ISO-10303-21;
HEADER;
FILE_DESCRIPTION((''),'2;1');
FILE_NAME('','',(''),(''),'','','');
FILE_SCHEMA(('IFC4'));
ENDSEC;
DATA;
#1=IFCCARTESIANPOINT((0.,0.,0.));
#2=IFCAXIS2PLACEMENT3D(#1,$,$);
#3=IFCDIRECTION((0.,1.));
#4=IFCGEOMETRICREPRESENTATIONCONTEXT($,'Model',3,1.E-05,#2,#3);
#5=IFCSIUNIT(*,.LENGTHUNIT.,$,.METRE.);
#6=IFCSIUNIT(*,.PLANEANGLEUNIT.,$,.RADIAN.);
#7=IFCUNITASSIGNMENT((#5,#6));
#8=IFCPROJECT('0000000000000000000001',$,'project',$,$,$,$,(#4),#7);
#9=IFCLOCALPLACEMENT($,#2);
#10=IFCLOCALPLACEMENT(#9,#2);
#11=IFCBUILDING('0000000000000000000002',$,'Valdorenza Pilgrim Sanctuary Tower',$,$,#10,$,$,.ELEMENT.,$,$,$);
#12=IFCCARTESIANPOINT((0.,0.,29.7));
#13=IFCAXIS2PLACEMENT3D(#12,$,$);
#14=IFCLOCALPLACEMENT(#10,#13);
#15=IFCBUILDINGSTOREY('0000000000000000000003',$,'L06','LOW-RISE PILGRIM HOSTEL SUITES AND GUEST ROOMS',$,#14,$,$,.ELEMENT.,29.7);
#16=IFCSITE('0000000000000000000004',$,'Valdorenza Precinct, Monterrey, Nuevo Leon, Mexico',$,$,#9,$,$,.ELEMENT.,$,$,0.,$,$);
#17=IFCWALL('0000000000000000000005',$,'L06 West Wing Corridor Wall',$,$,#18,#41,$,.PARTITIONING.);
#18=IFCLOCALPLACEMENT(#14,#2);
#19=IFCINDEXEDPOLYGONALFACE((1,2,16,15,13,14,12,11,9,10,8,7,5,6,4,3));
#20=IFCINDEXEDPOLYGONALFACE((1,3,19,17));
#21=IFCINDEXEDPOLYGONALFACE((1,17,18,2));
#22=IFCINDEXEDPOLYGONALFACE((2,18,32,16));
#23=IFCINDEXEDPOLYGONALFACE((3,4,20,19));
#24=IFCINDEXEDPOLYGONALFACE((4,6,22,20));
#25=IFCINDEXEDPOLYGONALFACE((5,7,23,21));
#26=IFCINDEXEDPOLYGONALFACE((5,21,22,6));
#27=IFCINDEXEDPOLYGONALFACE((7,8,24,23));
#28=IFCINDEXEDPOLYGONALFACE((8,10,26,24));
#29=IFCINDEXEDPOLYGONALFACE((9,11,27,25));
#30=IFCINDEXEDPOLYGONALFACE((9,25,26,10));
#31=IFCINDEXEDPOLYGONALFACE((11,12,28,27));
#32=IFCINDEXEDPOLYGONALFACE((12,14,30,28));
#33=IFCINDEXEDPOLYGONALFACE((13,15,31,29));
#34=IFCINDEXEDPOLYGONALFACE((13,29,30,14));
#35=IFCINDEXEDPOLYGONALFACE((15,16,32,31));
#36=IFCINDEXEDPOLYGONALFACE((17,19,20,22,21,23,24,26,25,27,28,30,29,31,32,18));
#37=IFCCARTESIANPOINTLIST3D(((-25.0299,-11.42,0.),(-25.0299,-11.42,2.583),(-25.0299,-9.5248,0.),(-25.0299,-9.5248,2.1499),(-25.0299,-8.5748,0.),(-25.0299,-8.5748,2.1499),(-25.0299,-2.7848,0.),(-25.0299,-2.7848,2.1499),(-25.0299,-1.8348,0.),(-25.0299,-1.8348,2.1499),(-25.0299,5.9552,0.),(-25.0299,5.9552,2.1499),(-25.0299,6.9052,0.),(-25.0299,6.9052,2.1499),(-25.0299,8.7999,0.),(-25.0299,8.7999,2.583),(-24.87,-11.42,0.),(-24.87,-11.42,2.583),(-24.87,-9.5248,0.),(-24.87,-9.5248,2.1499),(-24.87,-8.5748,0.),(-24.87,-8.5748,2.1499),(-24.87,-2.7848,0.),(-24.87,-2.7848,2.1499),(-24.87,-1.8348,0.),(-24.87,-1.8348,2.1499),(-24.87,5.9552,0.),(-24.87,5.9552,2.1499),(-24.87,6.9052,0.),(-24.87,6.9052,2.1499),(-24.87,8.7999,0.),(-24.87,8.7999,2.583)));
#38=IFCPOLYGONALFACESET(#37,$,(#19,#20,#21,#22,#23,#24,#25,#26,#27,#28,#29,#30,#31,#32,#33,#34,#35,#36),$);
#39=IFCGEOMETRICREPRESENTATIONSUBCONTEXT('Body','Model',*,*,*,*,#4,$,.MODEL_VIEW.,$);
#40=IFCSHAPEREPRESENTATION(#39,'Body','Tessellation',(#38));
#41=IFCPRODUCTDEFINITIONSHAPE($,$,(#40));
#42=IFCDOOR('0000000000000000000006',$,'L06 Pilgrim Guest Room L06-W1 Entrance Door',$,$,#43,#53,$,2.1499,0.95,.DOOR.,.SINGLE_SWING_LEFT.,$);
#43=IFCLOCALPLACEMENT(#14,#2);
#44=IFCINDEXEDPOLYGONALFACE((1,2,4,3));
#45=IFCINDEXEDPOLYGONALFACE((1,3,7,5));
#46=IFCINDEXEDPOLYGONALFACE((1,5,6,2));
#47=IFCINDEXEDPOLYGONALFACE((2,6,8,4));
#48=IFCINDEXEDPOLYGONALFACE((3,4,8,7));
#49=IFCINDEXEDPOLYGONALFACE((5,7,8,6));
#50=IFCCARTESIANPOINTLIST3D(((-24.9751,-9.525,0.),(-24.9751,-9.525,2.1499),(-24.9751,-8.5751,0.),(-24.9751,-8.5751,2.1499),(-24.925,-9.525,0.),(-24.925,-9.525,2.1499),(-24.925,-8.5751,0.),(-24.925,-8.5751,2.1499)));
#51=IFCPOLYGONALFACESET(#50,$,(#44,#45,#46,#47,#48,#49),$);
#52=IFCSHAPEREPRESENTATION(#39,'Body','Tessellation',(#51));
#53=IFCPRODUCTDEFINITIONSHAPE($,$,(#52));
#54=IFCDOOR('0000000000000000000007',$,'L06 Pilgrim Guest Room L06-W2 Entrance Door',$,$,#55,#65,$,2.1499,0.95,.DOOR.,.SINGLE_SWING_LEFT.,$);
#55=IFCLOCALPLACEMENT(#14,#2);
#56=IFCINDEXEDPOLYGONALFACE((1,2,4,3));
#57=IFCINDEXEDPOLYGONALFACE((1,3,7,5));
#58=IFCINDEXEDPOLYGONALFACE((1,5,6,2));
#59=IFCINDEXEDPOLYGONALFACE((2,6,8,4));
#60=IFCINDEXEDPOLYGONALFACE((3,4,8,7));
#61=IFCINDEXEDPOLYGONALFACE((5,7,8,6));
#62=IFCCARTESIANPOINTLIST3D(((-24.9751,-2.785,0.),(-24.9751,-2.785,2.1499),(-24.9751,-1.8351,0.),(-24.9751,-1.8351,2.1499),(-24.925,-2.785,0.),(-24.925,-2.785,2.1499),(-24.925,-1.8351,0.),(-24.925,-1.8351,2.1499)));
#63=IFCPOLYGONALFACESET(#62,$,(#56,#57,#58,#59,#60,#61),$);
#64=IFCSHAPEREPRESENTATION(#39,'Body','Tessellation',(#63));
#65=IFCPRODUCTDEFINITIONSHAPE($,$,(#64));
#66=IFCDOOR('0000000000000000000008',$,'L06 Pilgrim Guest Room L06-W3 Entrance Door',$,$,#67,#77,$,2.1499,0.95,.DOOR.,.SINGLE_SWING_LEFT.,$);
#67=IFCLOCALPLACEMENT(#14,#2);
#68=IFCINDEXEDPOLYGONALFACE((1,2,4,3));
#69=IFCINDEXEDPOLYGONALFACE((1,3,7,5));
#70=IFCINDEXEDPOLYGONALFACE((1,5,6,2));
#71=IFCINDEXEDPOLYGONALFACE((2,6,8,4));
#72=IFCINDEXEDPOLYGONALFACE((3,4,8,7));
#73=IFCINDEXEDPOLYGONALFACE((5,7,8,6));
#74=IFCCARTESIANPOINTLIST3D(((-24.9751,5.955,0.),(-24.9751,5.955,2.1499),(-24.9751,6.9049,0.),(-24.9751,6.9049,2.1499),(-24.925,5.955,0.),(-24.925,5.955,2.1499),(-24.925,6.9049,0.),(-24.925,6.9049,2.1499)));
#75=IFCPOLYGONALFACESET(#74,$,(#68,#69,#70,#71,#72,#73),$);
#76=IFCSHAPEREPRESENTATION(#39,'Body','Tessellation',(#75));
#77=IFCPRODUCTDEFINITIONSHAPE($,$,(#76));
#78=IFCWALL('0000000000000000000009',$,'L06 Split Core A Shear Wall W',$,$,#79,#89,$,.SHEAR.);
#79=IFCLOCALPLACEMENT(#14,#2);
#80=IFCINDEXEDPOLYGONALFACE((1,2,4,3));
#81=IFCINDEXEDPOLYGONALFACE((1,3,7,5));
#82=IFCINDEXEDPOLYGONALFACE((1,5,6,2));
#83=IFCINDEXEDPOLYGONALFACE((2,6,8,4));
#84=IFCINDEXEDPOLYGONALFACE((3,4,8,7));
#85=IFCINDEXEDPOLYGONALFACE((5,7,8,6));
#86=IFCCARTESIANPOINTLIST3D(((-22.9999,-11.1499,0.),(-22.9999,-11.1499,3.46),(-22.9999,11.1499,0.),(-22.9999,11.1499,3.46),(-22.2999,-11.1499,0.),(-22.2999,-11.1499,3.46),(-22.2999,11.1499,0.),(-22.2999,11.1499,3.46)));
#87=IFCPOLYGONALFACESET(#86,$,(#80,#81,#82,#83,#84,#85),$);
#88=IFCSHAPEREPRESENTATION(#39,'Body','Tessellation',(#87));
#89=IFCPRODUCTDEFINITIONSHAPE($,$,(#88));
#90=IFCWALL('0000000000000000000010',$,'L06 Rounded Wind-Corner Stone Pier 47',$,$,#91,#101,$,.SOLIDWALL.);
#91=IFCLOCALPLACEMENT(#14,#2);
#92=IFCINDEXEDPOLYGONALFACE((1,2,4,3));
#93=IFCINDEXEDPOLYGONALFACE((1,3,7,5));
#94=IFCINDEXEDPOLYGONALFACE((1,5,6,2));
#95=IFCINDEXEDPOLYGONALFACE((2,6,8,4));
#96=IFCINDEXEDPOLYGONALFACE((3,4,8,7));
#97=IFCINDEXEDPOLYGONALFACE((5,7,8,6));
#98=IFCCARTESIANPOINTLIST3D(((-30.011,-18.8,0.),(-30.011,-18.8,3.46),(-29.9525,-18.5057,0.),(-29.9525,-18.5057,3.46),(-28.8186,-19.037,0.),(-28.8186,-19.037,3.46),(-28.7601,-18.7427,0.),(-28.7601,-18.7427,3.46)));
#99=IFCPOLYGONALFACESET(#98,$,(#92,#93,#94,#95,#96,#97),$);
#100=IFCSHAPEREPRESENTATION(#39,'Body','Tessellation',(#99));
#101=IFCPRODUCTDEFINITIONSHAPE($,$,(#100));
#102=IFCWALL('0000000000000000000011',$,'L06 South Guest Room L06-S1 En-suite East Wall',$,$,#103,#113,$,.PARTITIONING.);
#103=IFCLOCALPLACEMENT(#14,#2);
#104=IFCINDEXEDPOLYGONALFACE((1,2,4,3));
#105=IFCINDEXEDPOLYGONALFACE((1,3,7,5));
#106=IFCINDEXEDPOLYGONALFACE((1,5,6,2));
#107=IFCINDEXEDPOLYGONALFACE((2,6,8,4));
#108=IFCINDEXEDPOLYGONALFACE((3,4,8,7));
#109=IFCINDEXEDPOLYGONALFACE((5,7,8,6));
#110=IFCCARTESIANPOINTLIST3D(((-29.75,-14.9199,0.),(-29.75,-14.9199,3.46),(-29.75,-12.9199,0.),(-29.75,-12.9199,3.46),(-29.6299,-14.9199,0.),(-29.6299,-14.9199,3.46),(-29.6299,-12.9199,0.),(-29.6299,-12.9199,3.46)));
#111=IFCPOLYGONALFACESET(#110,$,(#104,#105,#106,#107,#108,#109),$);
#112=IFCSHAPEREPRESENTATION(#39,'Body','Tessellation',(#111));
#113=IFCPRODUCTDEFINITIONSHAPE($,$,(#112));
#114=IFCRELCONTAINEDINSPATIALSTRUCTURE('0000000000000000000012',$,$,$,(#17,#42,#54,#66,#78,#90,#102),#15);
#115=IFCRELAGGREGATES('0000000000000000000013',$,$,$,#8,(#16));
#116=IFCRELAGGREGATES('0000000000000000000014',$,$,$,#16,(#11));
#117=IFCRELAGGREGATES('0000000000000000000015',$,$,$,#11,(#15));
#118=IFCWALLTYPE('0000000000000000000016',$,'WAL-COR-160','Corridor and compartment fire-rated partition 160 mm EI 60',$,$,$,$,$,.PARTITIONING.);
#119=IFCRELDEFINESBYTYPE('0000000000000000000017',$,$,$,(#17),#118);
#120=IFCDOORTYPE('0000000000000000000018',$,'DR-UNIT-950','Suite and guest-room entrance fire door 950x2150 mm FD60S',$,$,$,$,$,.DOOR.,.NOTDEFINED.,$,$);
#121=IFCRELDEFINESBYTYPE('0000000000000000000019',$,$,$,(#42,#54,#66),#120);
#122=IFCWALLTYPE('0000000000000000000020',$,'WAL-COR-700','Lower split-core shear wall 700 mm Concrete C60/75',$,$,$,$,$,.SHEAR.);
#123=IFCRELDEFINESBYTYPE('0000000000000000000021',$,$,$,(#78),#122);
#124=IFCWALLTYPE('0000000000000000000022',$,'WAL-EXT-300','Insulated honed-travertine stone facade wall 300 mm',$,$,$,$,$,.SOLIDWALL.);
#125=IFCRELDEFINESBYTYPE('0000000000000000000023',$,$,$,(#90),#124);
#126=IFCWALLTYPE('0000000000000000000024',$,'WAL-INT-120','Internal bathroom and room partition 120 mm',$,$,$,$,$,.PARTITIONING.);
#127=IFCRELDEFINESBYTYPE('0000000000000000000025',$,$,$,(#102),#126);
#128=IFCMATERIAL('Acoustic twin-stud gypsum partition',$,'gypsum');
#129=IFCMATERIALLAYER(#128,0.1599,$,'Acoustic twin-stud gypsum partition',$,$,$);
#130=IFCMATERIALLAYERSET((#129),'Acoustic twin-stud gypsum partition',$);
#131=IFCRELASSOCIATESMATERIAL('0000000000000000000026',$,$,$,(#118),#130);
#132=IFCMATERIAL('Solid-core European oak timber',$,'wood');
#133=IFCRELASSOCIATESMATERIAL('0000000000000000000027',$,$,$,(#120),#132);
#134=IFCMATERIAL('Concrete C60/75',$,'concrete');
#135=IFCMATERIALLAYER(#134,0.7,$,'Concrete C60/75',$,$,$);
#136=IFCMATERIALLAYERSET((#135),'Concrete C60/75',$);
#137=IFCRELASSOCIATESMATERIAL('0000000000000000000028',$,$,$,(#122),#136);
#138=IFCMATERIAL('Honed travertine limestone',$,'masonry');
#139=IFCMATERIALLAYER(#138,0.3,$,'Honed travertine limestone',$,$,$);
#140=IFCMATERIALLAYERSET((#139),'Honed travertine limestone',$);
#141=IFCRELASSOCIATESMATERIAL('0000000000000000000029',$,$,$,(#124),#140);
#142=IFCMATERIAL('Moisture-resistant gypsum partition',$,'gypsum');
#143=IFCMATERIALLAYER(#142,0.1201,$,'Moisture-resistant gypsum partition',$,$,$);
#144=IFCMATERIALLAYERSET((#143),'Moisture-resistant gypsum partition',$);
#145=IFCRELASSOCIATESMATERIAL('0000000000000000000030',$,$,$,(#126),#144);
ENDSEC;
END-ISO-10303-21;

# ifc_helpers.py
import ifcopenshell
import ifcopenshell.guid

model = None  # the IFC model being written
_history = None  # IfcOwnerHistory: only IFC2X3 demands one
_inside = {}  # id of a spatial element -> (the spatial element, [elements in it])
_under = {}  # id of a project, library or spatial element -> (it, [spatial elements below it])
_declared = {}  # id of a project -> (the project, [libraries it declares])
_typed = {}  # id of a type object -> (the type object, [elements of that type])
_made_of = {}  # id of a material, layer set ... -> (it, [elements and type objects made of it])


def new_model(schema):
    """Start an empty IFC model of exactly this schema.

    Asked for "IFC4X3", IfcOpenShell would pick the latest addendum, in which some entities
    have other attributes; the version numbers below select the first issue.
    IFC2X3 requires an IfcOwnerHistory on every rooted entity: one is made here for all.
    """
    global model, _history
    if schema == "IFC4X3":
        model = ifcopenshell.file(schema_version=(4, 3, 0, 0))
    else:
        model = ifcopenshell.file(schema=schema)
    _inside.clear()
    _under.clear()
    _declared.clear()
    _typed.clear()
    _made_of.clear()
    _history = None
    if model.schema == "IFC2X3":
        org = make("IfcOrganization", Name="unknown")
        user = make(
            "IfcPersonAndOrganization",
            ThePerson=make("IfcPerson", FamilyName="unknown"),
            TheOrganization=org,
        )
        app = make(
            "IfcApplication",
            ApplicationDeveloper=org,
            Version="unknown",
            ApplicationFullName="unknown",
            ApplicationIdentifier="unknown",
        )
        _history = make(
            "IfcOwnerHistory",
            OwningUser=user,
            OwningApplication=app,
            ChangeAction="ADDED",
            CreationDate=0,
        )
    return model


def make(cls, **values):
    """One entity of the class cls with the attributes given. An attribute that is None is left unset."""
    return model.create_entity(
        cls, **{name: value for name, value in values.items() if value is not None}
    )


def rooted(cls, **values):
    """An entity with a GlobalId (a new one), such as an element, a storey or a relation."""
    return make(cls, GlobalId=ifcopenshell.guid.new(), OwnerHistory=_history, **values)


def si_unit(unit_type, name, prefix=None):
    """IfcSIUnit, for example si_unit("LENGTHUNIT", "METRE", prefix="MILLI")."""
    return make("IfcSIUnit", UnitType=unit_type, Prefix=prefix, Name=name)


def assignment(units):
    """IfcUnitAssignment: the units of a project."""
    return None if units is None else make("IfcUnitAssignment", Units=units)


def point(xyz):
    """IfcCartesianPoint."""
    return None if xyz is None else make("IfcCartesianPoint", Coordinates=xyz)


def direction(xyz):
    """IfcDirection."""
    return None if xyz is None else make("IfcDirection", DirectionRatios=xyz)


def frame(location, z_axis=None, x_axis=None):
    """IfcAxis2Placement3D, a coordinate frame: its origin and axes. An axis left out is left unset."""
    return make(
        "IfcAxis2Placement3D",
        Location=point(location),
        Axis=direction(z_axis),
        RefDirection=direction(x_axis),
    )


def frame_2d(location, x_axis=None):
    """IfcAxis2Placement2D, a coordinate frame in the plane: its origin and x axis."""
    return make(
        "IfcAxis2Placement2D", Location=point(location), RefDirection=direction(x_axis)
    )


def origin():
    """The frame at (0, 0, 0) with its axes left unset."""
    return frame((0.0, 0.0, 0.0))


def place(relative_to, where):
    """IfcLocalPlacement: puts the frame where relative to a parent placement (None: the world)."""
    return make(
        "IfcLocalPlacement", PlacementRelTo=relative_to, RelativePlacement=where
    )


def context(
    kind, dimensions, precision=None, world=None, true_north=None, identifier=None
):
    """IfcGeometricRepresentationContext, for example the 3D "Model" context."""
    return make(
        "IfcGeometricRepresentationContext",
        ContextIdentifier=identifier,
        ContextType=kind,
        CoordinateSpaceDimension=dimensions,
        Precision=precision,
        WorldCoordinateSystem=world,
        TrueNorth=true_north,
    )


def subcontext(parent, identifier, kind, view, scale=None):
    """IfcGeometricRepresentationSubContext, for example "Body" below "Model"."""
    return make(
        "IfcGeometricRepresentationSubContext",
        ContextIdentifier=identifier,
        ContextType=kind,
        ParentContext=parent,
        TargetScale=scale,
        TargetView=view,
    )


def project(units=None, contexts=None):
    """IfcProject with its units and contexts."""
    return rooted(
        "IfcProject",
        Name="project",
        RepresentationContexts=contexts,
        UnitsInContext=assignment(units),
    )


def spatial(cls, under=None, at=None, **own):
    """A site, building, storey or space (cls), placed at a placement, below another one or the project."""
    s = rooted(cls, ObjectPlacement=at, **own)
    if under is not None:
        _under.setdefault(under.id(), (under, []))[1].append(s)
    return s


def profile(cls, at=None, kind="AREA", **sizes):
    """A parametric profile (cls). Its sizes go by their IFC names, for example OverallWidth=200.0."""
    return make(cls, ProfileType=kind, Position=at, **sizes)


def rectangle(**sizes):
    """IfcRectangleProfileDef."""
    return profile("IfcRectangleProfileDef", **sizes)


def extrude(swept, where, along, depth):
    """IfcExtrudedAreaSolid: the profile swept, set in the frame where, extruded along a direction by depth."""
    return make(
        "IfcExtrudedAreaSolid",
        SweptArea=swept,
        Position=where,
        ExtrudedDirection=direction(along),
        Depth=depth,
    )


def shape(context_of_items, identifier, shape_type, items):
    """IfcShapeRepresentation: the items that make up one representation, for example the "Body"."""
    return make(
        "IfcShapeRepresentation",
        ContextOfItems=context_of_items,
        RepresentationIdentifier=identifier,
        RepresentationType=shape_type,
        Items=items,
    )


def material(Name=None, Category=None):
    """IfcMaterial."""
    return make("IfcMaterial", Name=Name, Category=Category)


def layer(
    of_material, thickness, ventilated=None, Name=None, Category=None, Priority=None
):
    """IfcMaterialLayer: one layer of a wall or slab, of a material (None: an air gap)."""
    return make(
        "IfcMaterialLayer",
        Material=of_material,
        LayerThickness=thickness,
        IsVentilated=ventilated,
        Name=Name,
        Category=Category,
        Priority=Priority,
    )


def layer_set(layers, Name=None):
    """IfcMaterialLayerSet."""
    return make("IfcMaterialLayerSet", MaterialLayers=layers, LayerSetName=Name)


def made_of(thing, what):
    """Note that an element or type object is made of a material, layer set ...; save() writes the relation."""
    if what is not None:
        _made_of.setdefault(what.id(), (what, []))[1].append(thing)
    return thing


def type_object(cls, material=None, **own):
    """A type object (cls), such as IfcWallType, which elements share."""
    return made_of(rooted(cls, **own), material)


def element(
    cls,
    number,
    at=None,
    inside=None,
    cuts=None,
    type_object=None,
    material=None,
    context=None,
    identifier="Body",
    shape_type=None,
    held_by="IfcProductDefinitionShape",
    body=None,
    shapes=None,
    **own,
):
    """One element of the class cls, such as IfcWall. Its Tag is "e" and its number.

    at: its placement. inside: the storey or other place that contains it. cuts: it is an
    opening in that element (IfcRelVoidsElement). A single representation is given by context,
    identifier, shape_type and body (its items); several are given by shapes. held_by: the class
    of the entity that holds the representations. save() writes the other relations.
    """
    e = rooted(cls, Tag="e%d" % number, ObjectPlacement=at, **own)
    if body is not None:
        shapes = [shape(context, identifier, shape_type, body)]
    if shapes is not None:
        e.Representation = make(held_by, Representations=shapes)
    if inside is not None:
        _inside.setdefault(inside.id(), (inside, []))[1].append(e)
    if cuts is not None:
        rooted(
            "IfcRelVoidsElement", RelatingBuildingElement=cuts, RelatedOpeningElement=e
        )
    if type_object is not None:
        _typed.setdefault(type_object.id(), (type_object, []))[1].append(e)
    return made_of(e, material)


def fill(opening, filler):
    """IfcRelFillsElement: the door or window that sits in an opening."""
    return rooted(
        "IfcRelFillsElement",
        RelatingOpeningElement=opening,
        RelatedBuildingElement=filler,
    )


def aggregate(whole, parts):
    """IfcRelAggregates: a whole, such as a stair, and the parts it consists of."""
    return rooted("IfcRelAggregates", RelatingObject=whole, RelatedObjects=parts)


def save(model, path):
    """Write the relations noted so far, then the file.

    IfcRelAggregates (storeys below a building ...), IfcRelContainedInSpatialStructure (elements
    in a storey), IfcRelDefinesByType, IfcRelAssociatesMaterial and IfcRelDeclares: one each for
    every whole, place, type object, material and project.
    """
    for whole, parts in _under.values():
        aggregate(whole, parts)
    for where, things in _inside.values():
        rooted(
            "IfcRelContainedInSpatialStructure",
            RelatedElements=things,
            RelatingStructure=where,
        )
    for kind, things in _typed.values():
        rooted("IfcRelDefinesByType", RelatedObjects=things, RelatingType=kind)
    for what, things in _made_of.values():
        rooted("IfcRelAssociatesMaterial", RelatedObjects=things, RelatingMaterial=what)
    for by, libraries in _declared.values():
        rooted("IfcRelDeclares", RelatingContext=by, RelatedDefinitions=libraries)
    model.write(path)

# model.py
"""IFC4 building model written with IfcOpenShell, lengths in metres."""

from ifc_helpers import new_model, si_unit, direction, frame, frame_2d, origin, place, context, subcontext, project, spatial, rectangle, extrude, material, layer, layer_set, type_object, element, fill, save


model = new_model("IFC4")

# Units and contexts
model_context = context("Model", 3, precision=1e-05, world=origin(), true_north=direction((0.0, 1.0)))
body_context = subcontext(model_context, "Body", "Model", "MODEL_VIEW")
ifc_project = project(units=[si_unit("LENGTHUNIT", "METRE"), si_unit("PLANEANGLEUNIT", "RADIAN")], contexts=[model_context])

# Site, building, storey
site_placement = place(None, origin())
site = spatial("IfcSite", under=ifc_project, at=site_placement, Name="Valdorenza Precinct, Monterrey, Nuevo Leon, Mexico", CompositionType="ELEMENT", RefElevation=0.0)
building_placement = place(site_placement, origin())
building = spatial("IfcBuilding", under=site, at=building_placement, Name="Valdorenza Pilgrim Sanctuary Tower", CompositionType="ELEMENT")
storey_placement = place(building_placement, frame((0.0, 0.0, 29.7)))
storey = spatial("IfcBuildingStorey", under=building, at=storey_placement, Name="L06", Description="LOW-RISE PILGRIM HOSTEL SUITES AND GUEST ROOMS", CompositionType="ELEMENT", Elevation=29.7)

# Shared definitions
ifc_material_1 = material(Name="Concrete C60/75", Category="concrete")

# Shared definitions
ifc_material_2 = material(Name="Honed travertine limestone", Category="masonry")

# Wall, openings, doors
ifc_material_3 = material(Name="Acoustic twin-stud gypsum partition", Category="gypsum")
ifc_layer_1 = layer(ifc_material_3, 0.1599, Name="Acoustic twin-stud gypsum partition")
ifc_layer_set_1 = layer_set([ifc_layer_1], Name="Acoustic twin-stud gypsum partition")
wall_type_1 = type_object("IfcWallType", Name="WAL-COR-160", Description="Corridor and compartment fire-rated partition 160 mm EI 60", PredefinedType="PARTITIONING", material=ifc_layer_set_1)
wall_1_placement = place(storey_placement, frame((-24.95, -11.4199, 0.0), z_axis=(0.0, 0.0, 1.0), x_axis=(0.0, 1.0, 0.0)))
wall_1 = element("IfcWall", 1, at=wall_1_placement, inside=storey, type_object=wall_type_1, Name="L06 West Wing Corridor Wall", PredefinedType="PARTITIONING", context=body_context, shape_type="SweptSolid", body=[
    extrude(rectangle(XDim=20.22, YDim=0.1599, at=frame_2d((10.1099, 0.0))), origin(), (0.0, 0.0, 1.0), 2.583),
])
opening_1_placement = place(wall_1_placement, frame((1.895, 0.0, 0.0)))
opening_1 = element("IfcOpeningElement", 2, at=opening_1_placement, cuts=wall_1, PredefinedType="OPENING", context=body_context, shape_type="SweptSolid", body=[
    extrude(rectangle(XDim=0.95, YDim=2.1499, at=frame_2d((0.4751, 1.075))), frame((0.0, 0.0947, 0.0), z_axis=(0.0, -1.0, 0.0), x_axis=(1.0, 0.0, 0.0)), (0.0, 0.0, 1.0), 0.1897),
])
opening_2_placement = place(wall_1_placement, frame((8.635, 0.0, 0.0)))
opening_2 = element("IfcOpeningElement", 3, at=opening_2_placement, cuts=wall_1, PredefinedType="OPENING", context=body_context, shape_type="SweptSolid", body=[
    extrude(rectangle(XDim=0.95, YDim=2.1499, at=frame_2d((0.4751, 1.075))), frame((0.0, 0.0947, 0.0), z_axis=(0.0, -1.0, 0.0), x_axis=(1.0, 0.0, 0.0)), (0.0, 0.0, 1.0), 0.1897),
])
opening_3_placement = place(wall_1_placement, frame((17.375, 0.0, 0.0)))
opening_3 = element("IfcOpeningElement", 4, at=opening_3_placement, cuts=wall_1, PredefinedType="OPENING", context=body_context, shape_type="SweptSolid", body=[
    extrude(rectangle(XDim=0.95, YDim=2.1499, at=frame_2d((0.4751, 1.075))), frame((0.0, 0.0947, 0.0), z_axis=(0.0, -1.0, 0.0), x_axis=(1.0, 0.0, 0.0)), (0.0, 0.0, 1.0), 0.1897),
])
ifc_material_4 = material(Name="Solid-core European oak timber", Category="wood")
door_type = type_object("IfcDoorType", Name="DR-UNIT-950", Description="Suite and guest-room entrance fire door 950x2150 mm FD60S", OperationType="NOTDEFINED", PredefinedType="DOOR", material=ifc_material_4)
door_1_placement = place(opening_1_placement, frame((0.95, 0.0, 0.0), z_axis=(0.0, 0.0, 1.0), x_axis=(-1.0, 0.0, 0.0)))
door_1 = element("IfcDoor", 5, at=door_1_placement, inside=storey, type_object=door_type, Name="L06 Pilgrim Guest Room L06-W1 Entrance Door", OperationType="SINGLE_SWING_LEFT", OverallHeight=2.1499, OverallWidth=0.95, PredefinedType="DOOR", context=body_context, shape_type="SweptSolid", body=[
    extrude(rectangle(XDim=0.95, YDim=2.1499, at=frame_2d((0.4751, 1.075))), frame((0.0, 0.0249, 0.0), z_axis=(0.0, -1.0, 0.0), x_axis=(1.0, 0.0, 0.0)), (0.0, 0.0, 1.0), 0.05),
])
fill(opening_1, door_1)
door_2_placement = place(opening_2_placement, frame((0.95, 0.0, 0.0), z_axis=(0.0, 0.0, 1.0), x_axis=(-1.0, 0.0, 0.0)))
door_2 = element("IfcDoor", 6, at=door_2_placement, inside=storey, type_object=door_type, Name="L06 Pilgrim Guest Room L06-W2 Entrance Door", OperationType="SINGLE_SWING_LEFT", OverallHeight=2.1499, OverallWidth=0.95, PredefinedType="DOOR", context=body_context, shape_type="SweptSolid", body=[
    extrude(rectangle(XDim=0.95, YDim=2.1499, at=frame_2d((0.4751, 1.075))), frame((0.0, 0.0249, 0.0), z_axis=(0.0, -1.0, 0.0), x_axis=(1.0, 0.0, 0.0)), (0.0, 0.0, 1.0), 0.05),
])
fill(opening_2, door_2)
door_3_placement = place(opening_3_placement, frame((0.95, 0.0, 0.0), z_axis=(0.0, 0.0, 1.0), x_axis=(-1.0, 0.0, 0.0)))
door_3 = element("IfcDoor", 7, at=door_3_placement, inside=storey, type_object=door_type, Name="L06 Pilgrim Guest Room L06-W3 Entrance Door", OperationType="SINGLE_SWING_LEFT", OverallHeight=2.1499, OverallWidth=0.95, PredefinedType="DOOR", context=body_context, shape_type="SweptSolid", body=[
    extrude(rectangle(XDim=0.95, YDim=2.1499, at=frame_2d((0.4751, 1.075))), frame((0.0, 0.0249, 0.0), z_axis=(0.0, -1.0, 0.0), x_axis=(1.0, 0.0, 0.0)), (0.0, 0.0, 1.0), 0.05),
])
fill(opening_3, door_3)

# Walls
ifc_layer_2 = layer(ifc_material_1, 0.7, Name="Concrete C60/75")
ifc_layer_set_2 = layer_set([ifc_layer_2], Name="Concrete C60/75")
wall_type_2 = type_object("IfcWallType", Name="WAL-COR-700", Description="Lower split-core shear wall 700 mm Concrete C60/75", PredefinedType="SHEAR", material=ifc_layer_set_2)
wall_2_placement = place(storey_placement, frame((-22.6499, -11.1499, 0.0), z_axis=(0.0, 0.0, 1.0), x_axis=(0.0, 1.0, 0.0)))
element("IfcWall", 8, at=wall_2_placement, inside=storey, type_object=wall_type_2, Name="L06 Split Core A Shear Wall W", PredefinedType="SHEAR", context=body_context, shape_type="SweptSolid", body=[
    extrude(rectangle(XDim=22.2998, YDim=0.7, at=frame_2d((11.1499, 0.0))), origin(), (0.0, 0.0, 1.0), 3.46),
])
ifc_layer_3 = layer(ifc_material_2, 0.3, Name="Honed travertine limestone")
ifc_layer_set_3 = layer_set([ifc_layer_3], Name="Honed travertine limestone")
wall_type_3 = type_object("IfcWallType", Name="WAL-EXT-300", Description="Insulated honed-travertine stone facade wall 300 mm", PredefinedType="SOLIDWALL", material=ifc_layer_set_3)
wall_3_placement = place(storey_placement, frame((-28.7893, -18.8899, 0.0), z_axis=(0.0, 0.0, 1.0), x_axis=(-0.980804, 0.194996, 0.0)))
element("IfcWall", 9, at=wall_3_placement, inside=storey, type_object=wall_type_3, Name="L06 Rounded Wind-Corner Stone Pier 47", PredefinedType="SOLIDWALL", context=body_context, shape_type="SweptSolid", body=[
    extrude(rectangle(XDim=1.2158, YDim=0.3, at=frame_2d((0.6079, 0.0))), origin(), (0.0, 0.0, 1.0), 3.46),
])
ifc_material_5 = material(Name="Moisture-resistant gypsum partition", Category="gypsum")
ifc_layer_4 = layer(ifc_material_5, 0.1201, Name="Moisture-resistant gypsum partition")
ifc_layer_set_4 = layer_set([ifc_layer_4], Name="Moisture-resistant gypsum partition")
wall_type_4 = type_object("IfcWallType", Name="WAL-INT-120", Description="Internal bathroom and room partition 120 mm", PredefinedType="PARTITIONING", material=ifc_layer_set_4)
wall_4_placement = place(storey_placement, frame((-29.6899, -14.9199, 0.0), z_axis=(0.0, 0.0, 1.0), x_axis=(0.0, 1.0, 0.0)))
element("IfcWall", 10, at=wall_4_placement, inside=storey, type_object=wall_type_4, Name="L06 South Guest Room L06-S1 En-suite East Wall", PredefinedType="PARTITIONING", context=body_context, shape_type="SweptSolid", body=[
    extrude(rectangle(XDim=2.0, YDim=0.1201, at=frame_2d((1.0, 0.0))), origin(), (0.0, 0.0, 1.0), 3.46),
])

save(model, "model.ifc")
